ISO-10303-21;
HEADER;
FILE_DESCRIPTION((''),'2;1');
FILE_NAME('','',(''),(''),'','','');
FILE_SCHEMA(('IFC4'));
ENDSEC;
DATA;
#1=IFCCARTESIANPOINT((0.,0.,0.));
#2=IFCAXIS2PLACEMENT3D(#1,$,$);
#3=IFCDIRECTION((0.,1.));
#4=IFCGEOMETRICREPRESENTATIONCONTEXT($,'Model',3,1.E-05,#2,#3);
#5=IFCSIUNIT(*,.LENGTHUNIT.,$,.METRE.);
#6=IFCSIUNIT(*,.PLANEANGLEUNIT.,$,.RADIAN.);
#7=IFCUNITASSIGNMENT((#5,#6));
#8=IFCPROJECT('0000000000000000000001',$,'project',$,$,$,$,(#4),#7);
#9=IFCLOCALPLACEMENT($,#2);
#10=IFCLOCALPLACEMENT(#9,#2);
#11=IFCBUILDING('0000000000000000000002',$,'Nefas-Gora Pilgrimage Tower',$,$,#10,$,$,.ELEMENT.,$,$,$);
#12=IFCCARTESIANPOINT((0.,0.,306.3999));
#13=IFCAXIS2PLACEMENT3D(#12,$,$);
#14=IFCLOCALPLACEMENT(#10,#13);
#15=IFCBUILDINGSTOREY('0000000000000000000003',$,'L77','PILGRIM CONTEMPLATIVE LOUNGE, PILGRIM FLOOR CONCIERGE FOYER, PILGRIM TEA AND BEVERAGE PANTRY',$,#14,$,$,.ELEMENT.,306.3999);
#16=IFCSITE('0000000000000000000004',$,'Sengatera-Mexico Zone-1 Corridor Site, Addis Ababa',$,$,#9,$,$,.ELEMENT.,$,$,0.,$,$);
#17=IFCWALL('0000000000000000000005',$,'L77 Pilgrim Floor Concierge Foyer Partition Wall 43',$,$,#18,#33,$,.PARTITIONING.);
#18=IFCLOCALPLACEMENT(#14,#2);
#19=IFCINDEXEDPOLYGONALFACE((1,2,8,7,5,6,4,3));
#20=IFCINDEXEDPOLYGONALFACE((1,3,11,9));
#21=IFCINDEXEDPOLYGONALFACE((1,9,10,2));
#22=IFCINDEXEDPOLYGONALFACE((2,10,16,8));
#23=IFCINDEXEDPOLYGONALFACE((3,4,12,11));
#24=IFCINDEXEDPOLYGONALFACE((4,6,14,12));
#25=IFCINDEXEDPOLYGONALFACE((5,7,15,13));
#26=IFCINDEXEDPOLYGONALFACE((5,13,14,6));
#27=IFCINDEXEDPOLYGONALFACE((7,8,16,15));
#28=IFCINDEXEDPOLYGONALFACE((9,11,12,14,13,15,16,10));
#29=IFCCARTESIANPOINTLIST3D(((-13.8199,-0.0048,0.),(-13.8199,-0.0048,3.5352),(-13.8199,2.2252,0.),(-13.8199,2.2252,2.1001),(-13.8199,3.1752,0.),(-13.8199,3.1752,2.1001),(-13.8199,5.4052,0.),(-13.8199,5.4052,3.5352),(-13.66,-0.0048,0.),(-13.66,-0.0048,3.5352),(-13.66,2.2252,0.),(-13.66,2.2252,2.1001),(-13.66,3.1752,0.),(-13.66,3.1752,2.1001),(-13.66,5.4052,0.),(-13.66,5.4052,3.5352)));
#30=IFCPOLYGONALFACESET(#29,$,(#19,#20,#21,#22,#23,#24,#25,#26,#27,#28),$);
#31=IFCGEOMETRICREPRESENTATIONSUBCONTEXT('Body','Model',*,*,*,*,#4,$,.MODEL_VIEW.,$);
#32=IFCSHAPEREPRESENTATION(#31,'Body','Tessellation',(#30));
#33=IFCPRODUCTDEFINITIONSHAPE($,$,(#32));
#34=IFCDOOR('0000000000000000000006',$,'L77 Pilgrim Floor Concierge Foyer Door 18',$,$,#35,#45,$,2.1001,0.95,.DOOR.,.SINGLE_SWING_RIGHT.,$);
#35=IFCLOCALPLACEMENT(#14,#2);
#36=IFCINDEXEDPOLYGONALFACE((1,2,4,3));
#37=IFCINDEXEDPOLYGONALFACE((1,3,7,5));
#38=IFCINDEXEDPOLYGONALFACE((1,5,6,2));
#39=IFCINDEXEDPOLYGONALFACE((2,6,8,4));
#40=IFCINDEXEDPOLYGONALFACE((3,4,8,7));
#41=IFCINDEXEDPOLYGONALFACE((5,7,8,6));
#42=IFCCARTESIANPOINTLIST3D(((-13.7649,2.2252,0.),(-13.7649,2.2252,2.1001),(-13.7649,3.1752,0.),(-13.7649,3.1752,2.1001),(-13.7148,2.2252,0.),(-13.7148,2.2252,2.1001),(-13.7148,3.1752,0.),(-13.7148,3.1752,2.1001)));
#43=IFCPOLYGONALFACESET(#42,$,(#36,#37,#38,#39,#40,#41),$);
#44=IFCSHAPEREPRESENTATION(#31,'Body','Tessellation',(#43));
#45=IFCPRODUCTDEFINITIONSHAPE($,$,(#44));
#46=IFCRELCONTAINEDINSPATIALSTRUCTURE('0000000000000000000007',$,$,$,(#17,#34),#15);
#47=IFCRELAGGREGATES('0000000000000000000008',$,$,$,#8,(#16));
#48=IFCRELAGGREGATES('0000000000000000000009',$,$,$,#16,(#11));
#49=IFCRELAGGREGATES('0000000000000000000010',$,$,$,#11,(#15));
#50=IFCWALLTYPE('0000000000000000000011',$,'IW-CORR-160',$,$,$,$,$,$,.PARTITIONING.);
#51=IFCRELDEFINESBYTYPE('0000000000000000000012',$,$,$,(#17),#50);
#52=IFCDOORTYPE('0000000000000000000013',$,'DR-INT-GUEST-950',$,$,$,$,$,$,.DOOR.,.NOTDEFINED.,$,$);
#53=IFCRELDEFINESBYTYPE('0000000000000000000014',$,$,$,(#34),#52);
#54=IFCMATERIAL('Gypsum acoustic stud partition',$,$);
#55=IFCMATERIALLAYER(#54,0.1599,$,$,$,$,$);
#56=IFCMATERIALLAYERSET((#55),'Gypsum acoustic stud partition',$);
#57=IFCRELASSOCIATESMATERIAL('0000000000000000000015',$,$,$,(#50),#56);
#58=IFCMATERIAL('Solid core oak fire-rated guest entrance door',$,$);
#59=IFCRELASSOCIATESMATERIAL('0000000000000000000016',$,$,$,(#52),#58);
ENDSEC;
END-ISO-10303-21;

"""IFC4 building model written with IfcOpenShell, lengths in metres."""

from ifc_helpers import new_model, si_unit, direction, frame, frame_2d, origin, place, context, subcontext, project, spatial, rectangle, extrude, source, transform, mapped, material, layer, layer_set, type_object, element, fill, save


model = new_model("IFC4")

# Units and contexts
model_context = context("Model", 3, precision=1e-05, world=origin(), true_north=direction((0.0, 1.0)))
body_context = subcontext(model_context, "Body", "Model", "MODEL_VIEW")
ifc_project = project(units=[si_unit("LENGTHUNIT", "METRE"), si_unit("PLANEANGLEUNIT", "RADIAN")], contexts=[model_context])

# Site, building, storey
site_placement = place(None, origin())
site = spatial("IfcSite", under=ifc_project, at=site_placement, Name="Sengatera-Mexico Zone-1 Corridor Site, Addis Ababa", CompositionType="ELEMENT", RefElevation=0.0)
building_placement = place(site_placement, origin())
building = spatial("IfcBuilding", under=site, at=building_placement, Name="Nefas-Gora Pilgrimage Tower", CompositionType="ELEMENT")
storey_placement = place(building_placement, frame((0.0, 0.0, 306.3999)))
storey = spatial("IfcBuildingStorey", under=building, at=storey_placement, Name="L77", Description="PILGRIM CONTEMPLATIVE LOUNGE, PILGRIM FLOOR CONCIERGE FOYER, PILGRIM TEA AND BEVERAGE PANTRY", CompositionType="ELEMENT", Elevation=306.3999)

# Shared definitions
ifc_material_1 = material(Name="Gypsum acoustic stud partition")
ifc_layer_1 = layer(ifc_material_1, 0.1599)
ifc_layer_set_1 = layer_set([ifc_layer_1], Name="Gypsum acoustic stud partition")
wall_type_1 = type_object("IfcWallType", Name="IW-CORR-160", PredefinedType="PARTITIONING", material=ifc_layer_set_1)
ifc_material_2 = material(Name="Solid core oak fire-rated guest entrance door")
door_type_1 = type_object("IfcDoorType", Name="DR-INT-GUEST-950", OperationType="NOTDEFINED", PredefinedType="DOOR", material=ifc_material_2)
shared_shape_1 = source(origin(), body_context, "Body", "SweptSolid", [
    extrude(rectangle(XDim=0.95, YDim=2.1001, at=frame_2d((0.4751, 1.05))), frame((0.0, 0.0249, 0.0), z_axis=(0.0, -1.0, 0.0), x_axis=(1.0, 0.0, 0.0)), (0.0, 0.0, 1.0), 0.05),
])

# Wall, opening, door
shared_shape_2 = source(origin(), body_context, "Body", "SweptSolid", [
    extrude(rectangle(XDim=5.4099, YDim=0.1599, at=frame_2d((2.7051, 0.0))), origin(), (0.0, 0.0, 1.0), 3.5352),
])
wall_1_placement = place(storey_placement, frame((-13.74, -0.0049, 0.0), z_axis=(0.0, 0.0, 1.0), x_axis=(0.0, 1.0, 0.0)))
wall_1 = element("IfcWall", 1, at=wall_1_placement, inside=storey, type_object=wall_type_1, Name="L77 Pilgrim Floor Concierge Foyer Partition Wall 43", PredefinedType="PARTITIONING", context=body_context, shape_type="MappedRepresentation", body=[
    mapped(shared_shape_2, transform((0.0, 0.0, 0.0), x_axis=(1.0, 0.0, 0.0), y_axis=(0.0, 1.0, 0.0), z_axis=(0.0, 0.0, 1.0), scale=1.0)),
])
opening_1_placement = place(wall_1_placement, frame((2.23, 0.0, 0.0)))
opening_1 = element("IfcOpeningElement", 2, at=opening_1_placement, cuts=wall_1, PredefinedType="OPENING", context=body_context, shape_type="SweptSolid", body=[
    extrude(rectangle(XDim=0.95, YDim=2.1001, at=frame_2d((0.4751, 1.05))), frame((0.0, 0.0898, 0.0), z_axis=(0.0, -1.0, 0.0), x_axis=(1.0, 0.0, 0.0)), (0.0, 0.0, 1.0), 0.1799),
])
door_1_placement = place(opening_1_placement, origin())
door_1 = element("IfcDoor", 3, at=door_1_placement, inside=storey, type_object=door_type_1, Name="L77 Pilgrim Floor Concierge Foyer Door 18", OperationType="SINGLE_SWING_RIGHT", OverallHeight=2.1001, OverallWidth=0.95, PredefinedType="DOOR", context=body_context, shape_type="MappedRepresentation", body=[
    mapped(shared_shape_1, transform((0.0, 0.0, 0.0), x_axis=(1.0, 0.0, 0.0), y_axis=(0.0, 1.0, 0.0), z_axis=(0.0, 0.0, 1.0), scale=1.0)),
])
fill(opening_1, door_1)

save(model, "model.ifc")
